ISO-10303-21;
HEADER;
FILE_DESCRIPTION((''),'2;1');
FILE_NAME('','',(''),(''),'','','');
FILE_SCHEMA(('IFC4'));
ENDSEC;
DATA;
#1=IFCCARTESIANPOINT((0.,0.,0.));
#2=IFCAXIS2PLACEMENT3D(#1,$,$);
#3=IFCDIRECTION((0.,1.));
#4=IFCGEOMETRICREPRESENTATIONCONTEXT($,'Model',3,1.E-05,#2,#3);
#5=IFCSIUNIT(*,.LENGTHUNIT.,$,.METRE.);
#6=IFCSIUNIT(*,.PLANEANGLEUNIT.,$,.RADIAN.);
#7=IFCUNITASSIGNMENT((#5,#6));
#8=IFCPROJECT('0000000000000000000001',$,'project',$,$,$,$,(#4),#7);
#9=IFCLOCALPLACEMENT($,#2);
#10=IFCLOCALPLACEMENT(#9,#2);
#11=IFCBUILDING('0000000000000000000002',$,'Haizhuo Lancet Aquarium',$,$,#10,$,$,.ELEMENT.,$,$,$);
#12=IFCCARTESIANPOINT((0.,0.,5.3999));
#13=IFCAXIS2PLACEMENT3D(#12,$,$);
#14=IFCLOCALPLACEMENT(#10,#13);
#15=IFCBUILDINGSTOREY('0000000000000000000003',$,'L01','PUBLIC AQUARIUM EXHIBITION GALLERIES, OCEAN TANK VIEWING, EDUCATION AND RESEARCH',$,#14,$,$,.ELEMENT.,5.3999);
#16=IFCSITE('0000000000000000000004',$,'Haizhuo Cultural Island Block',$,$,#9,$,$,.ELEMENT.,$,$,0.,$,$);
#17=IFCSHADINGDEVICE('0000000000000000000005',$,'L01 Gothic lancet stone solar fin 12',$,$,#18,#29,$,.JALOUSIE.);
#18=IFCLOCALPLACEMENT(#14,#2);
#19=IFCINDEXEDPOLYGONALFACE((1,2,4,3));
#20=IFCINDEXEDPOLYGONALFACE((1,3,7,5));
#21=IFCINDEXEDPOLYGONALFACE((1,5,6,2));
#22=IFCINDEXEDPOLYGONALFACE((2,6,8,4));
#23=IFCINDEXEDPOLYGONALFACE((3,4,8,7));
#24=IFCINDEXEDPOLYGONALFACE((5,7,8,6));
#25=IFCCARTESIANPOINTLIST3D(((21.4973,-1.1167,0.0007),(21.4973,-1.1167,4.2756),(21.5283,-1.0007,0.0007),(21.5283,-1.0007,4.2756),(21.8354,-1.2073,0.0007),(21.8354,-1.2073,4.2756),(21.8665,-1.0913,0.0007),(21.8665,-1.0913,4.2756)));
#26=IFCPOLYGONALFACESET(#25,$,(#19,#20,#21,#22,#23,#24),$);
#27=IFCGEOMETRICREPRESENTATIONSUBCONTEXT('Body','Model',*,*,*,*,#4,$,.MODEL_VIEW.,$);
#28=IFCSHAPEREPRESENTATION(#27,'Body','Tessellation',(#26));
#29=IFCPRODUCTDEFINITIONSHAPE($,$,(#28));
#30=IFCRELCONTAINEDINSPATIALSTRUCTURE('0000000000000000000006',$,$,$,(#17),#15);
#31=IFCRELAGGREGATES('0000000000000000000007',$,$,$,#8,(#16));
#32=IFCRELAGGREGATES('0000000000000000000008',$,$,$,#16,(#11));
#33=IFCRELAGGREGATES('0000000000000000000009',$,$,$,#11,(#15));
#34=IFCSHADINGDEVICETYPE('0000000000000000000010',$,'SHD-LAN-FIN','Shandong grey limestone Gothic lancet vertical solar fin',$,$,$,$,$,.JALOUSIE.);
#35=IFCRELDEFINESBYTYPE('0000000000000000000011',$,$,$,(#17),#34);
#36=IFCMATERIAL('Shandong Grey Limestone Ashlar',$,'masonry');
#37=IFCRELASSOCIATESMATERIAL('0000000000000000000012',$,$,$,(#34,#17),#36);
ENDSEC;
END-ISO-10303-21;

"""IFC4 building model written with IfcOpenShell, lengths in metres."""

from ifc_helpers import new_model, si_unit, direction, frame, origin, origin_2d, place, context, subcontext, project, spatial, rectangle, extrude, material, type_object, element, save


model = new_model("IFC4")

# Units and contexts
model_context = context("Model", 3, precision=1e-05, world=origin(), true_north=direction((0.0, 1.0)))
body_context = subcontext(model_context, "Body", "Model", "MODEL_VIEW")
ifc_project = project(units=[si_unit("LENGTHUNIT", "METRE"), si_unit("PLANEANGLEUNIT", "RADIAN")], contexts=[model_context])

# Site, building, storey
site_placement = place(None, origin())
site = spatial("IfcSite", under=ifc_project, at=site_placement, Name="Haizhuo Cultural Island Block", CompositionType="ELEMENT", RefElevation=0.0)
building_placement = place(site_placement, origin())
building = spatial("IfcBuilding", under=site, at=building_placement, Name="Haizhuo Lancet Aquarium", CompositionType="ELEMENT")
storey_placement = place(building_placement, frame((0.0, 0.0, 5.3999)))
storey = spatial("IfcBuildingStorey", under=building, at=storey_placement, Name="L01", Description="PUBLIC AQUARIUM EXHIBITION GALLERIES, OCEAN TANK VIEWING, EDUCATION AND RESEARCH", CompositionType="ELEMENT", Elevation=5.3999)

# Shared definitions
ifc_material_1 = material(Name="Shandong Grey Limestone Ashlar", Category="masonry")

# Shading device
shading_device_type = type_object("IfcShadingDeviceType", Name="SHD-LAN-FIN", Description="Shandong grey limestone Gothic lancet vertical solar fin", PredefinedType="JALOUSIE", material=ifc_material_1)
shading_device_placement = place(storey_placement, frame((21.6819, -1.104, 0.0007), z_axis=(0.0, 0.0, 1.0), x_axis=(-0.258794, -0.965933, 0.0)))
element("IfcShadingDevice", 1, at=shading_device_placement, inside=storey, type_object=shading_device_type, material=ifc_material_1, Name="L01 Gothic lancet stone solar fin 12", PredefinedType="JALOUSIE", context=body_context, shape_type="SweptSolid", body=[
    extrude(rectangle(XDim=0.1201, YDim=0.3501, at=origin_2d()), origin(), (0.0, 0.0, 1.0), 4.2749),
])

save(model, "model.ifc")
